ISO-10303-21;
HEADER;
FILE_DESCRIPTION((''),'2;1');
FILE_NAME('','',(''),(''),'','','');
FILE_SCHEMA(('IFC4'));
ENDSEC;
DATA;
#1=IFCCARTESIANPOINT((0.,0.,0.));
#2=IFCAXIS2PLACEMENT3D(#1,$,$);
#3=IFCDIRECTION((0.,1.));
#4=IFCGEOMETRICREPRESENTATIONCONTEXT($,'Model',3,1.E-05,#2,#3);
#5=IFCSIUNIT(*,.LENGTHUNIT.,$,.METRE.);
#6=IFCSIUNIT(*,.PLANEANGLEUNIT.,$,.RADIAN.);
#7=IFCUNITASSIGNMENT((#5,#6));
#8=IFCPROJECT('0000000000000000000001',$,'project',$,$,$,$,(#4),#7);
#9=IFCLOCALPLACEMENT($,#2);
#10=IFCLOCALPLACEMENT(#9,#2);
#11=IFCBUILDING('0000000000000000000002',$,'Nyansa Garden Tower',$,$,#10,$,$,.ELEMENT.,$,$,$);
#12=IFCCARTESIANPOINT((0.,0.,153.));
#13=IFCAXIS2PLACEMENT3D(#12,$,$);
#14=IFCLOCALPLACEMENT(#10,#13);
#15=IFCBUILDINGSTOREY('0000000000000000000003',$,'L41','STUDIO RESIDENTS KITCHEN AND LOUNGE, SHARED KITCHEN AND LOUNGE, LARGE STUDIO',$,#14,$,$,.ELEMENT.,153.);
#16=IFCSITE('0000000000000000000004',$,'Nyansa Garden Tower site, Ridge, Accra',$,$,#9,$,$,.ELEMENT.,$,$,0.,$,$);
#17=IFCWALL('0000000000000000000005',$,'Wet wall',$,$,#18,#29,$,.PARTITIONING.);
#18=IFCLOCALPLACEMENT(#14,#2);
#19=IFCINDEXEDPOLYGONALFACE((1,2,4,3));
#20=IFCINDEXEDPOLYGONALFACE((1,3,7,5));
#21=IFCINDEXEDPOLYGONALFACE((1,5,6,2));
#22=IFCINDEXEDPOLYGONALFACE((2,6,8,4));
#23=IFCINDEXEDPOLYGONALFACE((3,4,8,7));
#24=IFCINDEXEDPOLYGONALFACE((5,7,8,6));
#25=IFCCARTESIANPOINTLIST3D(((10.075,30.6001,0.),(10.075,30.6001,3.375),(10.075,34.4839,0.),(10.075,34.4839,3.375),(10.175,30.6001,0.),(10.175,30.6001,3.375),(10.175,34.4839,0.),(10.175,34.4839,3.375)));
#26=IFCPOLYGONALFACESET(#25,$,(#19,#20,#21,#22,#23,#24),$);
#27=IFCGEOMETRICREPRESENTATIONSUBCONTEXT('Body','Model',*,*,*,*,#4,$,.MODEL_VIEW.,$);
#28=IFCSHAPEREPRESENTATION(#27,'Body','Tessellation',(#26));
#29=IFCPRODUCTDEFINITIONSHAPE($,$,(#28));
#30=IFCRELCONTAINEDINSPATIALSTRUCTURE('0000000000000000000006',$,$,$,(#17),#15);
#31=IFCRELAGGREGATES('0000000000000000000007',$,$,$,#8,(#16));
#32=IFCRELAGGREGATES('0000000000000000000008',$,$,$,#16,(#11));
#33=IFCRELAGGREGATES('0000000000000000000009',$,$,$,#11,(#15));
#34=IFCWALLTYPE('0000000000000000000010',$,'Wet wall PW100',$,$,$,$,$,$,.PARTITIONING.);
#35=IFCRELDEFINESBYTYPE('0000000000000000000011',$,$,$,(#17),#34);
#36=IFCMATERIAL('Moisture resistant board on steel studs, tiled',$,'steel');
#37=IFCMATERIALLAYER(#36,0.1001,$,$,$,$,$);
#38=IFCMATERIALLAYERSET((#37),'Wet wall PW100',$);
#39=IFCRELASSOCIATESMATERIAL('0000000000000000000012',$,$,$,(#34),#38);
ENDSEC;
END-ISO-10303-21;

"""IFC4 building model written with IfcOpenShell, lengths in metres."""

from ifc_helpers import new_model, si_unit, direction, frame, frame_2d, origin, place, context, subcontext, project, spatial, rectangle, extrude, material, layer, layer_set, type_object, element, save


model = new_model("IFC4")

# Units and contexts
model_context = context("Model", 3, precision=1e-05, world=origin(), true_north=direction((0.0, 1.0)))
body_context = subcontext(model_context, "Body", "Model", "MODEL_VIEW")
ifc_project = project(units=[si_unit("LENGTHUNIT", "METRE"), si_unit("PLANEANGLEUNIT", "RADIAN")], contexts=[model_context])

# Site, building, storey
site_placement = place(None, origin())
site = spatial("IfcSite", under=ifc_project, at=site_placement, Name="Nyansa Garden Tower site, Ridge, Accra", CompositionType="ELEMENT", RefElevation=0.0)
building_placement = place(site_placement, origin())
building = spatial("IfcBuilding", under=site, at=building_placement, Name="Nyansa Garden Tower", CompositionType="ELEMENT")
storey_placement = place(building_placement, frame((0.0, 0.0, 153.0)))
storey = spatial("IfcBuildingStorey", under=building, at=storey_placement, Name="L41", Description="STUDIO RESIDENTS KITCHEN AND LOUNGE, SHARED KITCHEN AND LOUNGE, LARGE STUDIO", CompositionType="ELEMENT", Elevation=153.0)

# Wall
ifc_material_1 = material(Name="Moisture resistant board on steel studs, tiled", Category="steel")
ifc_layer_1 = layer(ifc_material_1, 0.1001)
ifc_layer_set_1 = layer_set([ifc_layer_1], Name="Wet wall PW100")
wall_type_1 = type_object("IfcWallType", Name="Wet wall PW100", PredefinedType="PARTITIONING", material=ifc_layer_set_1)
wall_1_placement = place(storey_placement, frame((10.125, 30.6001, 0.0), z_axis=(0.0, 0.0, 1.0), x_axis=(0.0, 1.0, 0.0)))
element("IfcWall", 1, at=wall_1_placement, inside=storey, type_object=wall_type_1, Name="Wet wall", PredefinedType="PARTITIONING", context=body_context, shape_type="SweptSolid", body=[
    extrude(rectangle(XDim=3.8838, YDim=0.1001, at=frame_2d((1.9419, 0.0))), origin(), (0.0, 0.0, 1.0), 3.375),
])

save(model, "model.ifc")
